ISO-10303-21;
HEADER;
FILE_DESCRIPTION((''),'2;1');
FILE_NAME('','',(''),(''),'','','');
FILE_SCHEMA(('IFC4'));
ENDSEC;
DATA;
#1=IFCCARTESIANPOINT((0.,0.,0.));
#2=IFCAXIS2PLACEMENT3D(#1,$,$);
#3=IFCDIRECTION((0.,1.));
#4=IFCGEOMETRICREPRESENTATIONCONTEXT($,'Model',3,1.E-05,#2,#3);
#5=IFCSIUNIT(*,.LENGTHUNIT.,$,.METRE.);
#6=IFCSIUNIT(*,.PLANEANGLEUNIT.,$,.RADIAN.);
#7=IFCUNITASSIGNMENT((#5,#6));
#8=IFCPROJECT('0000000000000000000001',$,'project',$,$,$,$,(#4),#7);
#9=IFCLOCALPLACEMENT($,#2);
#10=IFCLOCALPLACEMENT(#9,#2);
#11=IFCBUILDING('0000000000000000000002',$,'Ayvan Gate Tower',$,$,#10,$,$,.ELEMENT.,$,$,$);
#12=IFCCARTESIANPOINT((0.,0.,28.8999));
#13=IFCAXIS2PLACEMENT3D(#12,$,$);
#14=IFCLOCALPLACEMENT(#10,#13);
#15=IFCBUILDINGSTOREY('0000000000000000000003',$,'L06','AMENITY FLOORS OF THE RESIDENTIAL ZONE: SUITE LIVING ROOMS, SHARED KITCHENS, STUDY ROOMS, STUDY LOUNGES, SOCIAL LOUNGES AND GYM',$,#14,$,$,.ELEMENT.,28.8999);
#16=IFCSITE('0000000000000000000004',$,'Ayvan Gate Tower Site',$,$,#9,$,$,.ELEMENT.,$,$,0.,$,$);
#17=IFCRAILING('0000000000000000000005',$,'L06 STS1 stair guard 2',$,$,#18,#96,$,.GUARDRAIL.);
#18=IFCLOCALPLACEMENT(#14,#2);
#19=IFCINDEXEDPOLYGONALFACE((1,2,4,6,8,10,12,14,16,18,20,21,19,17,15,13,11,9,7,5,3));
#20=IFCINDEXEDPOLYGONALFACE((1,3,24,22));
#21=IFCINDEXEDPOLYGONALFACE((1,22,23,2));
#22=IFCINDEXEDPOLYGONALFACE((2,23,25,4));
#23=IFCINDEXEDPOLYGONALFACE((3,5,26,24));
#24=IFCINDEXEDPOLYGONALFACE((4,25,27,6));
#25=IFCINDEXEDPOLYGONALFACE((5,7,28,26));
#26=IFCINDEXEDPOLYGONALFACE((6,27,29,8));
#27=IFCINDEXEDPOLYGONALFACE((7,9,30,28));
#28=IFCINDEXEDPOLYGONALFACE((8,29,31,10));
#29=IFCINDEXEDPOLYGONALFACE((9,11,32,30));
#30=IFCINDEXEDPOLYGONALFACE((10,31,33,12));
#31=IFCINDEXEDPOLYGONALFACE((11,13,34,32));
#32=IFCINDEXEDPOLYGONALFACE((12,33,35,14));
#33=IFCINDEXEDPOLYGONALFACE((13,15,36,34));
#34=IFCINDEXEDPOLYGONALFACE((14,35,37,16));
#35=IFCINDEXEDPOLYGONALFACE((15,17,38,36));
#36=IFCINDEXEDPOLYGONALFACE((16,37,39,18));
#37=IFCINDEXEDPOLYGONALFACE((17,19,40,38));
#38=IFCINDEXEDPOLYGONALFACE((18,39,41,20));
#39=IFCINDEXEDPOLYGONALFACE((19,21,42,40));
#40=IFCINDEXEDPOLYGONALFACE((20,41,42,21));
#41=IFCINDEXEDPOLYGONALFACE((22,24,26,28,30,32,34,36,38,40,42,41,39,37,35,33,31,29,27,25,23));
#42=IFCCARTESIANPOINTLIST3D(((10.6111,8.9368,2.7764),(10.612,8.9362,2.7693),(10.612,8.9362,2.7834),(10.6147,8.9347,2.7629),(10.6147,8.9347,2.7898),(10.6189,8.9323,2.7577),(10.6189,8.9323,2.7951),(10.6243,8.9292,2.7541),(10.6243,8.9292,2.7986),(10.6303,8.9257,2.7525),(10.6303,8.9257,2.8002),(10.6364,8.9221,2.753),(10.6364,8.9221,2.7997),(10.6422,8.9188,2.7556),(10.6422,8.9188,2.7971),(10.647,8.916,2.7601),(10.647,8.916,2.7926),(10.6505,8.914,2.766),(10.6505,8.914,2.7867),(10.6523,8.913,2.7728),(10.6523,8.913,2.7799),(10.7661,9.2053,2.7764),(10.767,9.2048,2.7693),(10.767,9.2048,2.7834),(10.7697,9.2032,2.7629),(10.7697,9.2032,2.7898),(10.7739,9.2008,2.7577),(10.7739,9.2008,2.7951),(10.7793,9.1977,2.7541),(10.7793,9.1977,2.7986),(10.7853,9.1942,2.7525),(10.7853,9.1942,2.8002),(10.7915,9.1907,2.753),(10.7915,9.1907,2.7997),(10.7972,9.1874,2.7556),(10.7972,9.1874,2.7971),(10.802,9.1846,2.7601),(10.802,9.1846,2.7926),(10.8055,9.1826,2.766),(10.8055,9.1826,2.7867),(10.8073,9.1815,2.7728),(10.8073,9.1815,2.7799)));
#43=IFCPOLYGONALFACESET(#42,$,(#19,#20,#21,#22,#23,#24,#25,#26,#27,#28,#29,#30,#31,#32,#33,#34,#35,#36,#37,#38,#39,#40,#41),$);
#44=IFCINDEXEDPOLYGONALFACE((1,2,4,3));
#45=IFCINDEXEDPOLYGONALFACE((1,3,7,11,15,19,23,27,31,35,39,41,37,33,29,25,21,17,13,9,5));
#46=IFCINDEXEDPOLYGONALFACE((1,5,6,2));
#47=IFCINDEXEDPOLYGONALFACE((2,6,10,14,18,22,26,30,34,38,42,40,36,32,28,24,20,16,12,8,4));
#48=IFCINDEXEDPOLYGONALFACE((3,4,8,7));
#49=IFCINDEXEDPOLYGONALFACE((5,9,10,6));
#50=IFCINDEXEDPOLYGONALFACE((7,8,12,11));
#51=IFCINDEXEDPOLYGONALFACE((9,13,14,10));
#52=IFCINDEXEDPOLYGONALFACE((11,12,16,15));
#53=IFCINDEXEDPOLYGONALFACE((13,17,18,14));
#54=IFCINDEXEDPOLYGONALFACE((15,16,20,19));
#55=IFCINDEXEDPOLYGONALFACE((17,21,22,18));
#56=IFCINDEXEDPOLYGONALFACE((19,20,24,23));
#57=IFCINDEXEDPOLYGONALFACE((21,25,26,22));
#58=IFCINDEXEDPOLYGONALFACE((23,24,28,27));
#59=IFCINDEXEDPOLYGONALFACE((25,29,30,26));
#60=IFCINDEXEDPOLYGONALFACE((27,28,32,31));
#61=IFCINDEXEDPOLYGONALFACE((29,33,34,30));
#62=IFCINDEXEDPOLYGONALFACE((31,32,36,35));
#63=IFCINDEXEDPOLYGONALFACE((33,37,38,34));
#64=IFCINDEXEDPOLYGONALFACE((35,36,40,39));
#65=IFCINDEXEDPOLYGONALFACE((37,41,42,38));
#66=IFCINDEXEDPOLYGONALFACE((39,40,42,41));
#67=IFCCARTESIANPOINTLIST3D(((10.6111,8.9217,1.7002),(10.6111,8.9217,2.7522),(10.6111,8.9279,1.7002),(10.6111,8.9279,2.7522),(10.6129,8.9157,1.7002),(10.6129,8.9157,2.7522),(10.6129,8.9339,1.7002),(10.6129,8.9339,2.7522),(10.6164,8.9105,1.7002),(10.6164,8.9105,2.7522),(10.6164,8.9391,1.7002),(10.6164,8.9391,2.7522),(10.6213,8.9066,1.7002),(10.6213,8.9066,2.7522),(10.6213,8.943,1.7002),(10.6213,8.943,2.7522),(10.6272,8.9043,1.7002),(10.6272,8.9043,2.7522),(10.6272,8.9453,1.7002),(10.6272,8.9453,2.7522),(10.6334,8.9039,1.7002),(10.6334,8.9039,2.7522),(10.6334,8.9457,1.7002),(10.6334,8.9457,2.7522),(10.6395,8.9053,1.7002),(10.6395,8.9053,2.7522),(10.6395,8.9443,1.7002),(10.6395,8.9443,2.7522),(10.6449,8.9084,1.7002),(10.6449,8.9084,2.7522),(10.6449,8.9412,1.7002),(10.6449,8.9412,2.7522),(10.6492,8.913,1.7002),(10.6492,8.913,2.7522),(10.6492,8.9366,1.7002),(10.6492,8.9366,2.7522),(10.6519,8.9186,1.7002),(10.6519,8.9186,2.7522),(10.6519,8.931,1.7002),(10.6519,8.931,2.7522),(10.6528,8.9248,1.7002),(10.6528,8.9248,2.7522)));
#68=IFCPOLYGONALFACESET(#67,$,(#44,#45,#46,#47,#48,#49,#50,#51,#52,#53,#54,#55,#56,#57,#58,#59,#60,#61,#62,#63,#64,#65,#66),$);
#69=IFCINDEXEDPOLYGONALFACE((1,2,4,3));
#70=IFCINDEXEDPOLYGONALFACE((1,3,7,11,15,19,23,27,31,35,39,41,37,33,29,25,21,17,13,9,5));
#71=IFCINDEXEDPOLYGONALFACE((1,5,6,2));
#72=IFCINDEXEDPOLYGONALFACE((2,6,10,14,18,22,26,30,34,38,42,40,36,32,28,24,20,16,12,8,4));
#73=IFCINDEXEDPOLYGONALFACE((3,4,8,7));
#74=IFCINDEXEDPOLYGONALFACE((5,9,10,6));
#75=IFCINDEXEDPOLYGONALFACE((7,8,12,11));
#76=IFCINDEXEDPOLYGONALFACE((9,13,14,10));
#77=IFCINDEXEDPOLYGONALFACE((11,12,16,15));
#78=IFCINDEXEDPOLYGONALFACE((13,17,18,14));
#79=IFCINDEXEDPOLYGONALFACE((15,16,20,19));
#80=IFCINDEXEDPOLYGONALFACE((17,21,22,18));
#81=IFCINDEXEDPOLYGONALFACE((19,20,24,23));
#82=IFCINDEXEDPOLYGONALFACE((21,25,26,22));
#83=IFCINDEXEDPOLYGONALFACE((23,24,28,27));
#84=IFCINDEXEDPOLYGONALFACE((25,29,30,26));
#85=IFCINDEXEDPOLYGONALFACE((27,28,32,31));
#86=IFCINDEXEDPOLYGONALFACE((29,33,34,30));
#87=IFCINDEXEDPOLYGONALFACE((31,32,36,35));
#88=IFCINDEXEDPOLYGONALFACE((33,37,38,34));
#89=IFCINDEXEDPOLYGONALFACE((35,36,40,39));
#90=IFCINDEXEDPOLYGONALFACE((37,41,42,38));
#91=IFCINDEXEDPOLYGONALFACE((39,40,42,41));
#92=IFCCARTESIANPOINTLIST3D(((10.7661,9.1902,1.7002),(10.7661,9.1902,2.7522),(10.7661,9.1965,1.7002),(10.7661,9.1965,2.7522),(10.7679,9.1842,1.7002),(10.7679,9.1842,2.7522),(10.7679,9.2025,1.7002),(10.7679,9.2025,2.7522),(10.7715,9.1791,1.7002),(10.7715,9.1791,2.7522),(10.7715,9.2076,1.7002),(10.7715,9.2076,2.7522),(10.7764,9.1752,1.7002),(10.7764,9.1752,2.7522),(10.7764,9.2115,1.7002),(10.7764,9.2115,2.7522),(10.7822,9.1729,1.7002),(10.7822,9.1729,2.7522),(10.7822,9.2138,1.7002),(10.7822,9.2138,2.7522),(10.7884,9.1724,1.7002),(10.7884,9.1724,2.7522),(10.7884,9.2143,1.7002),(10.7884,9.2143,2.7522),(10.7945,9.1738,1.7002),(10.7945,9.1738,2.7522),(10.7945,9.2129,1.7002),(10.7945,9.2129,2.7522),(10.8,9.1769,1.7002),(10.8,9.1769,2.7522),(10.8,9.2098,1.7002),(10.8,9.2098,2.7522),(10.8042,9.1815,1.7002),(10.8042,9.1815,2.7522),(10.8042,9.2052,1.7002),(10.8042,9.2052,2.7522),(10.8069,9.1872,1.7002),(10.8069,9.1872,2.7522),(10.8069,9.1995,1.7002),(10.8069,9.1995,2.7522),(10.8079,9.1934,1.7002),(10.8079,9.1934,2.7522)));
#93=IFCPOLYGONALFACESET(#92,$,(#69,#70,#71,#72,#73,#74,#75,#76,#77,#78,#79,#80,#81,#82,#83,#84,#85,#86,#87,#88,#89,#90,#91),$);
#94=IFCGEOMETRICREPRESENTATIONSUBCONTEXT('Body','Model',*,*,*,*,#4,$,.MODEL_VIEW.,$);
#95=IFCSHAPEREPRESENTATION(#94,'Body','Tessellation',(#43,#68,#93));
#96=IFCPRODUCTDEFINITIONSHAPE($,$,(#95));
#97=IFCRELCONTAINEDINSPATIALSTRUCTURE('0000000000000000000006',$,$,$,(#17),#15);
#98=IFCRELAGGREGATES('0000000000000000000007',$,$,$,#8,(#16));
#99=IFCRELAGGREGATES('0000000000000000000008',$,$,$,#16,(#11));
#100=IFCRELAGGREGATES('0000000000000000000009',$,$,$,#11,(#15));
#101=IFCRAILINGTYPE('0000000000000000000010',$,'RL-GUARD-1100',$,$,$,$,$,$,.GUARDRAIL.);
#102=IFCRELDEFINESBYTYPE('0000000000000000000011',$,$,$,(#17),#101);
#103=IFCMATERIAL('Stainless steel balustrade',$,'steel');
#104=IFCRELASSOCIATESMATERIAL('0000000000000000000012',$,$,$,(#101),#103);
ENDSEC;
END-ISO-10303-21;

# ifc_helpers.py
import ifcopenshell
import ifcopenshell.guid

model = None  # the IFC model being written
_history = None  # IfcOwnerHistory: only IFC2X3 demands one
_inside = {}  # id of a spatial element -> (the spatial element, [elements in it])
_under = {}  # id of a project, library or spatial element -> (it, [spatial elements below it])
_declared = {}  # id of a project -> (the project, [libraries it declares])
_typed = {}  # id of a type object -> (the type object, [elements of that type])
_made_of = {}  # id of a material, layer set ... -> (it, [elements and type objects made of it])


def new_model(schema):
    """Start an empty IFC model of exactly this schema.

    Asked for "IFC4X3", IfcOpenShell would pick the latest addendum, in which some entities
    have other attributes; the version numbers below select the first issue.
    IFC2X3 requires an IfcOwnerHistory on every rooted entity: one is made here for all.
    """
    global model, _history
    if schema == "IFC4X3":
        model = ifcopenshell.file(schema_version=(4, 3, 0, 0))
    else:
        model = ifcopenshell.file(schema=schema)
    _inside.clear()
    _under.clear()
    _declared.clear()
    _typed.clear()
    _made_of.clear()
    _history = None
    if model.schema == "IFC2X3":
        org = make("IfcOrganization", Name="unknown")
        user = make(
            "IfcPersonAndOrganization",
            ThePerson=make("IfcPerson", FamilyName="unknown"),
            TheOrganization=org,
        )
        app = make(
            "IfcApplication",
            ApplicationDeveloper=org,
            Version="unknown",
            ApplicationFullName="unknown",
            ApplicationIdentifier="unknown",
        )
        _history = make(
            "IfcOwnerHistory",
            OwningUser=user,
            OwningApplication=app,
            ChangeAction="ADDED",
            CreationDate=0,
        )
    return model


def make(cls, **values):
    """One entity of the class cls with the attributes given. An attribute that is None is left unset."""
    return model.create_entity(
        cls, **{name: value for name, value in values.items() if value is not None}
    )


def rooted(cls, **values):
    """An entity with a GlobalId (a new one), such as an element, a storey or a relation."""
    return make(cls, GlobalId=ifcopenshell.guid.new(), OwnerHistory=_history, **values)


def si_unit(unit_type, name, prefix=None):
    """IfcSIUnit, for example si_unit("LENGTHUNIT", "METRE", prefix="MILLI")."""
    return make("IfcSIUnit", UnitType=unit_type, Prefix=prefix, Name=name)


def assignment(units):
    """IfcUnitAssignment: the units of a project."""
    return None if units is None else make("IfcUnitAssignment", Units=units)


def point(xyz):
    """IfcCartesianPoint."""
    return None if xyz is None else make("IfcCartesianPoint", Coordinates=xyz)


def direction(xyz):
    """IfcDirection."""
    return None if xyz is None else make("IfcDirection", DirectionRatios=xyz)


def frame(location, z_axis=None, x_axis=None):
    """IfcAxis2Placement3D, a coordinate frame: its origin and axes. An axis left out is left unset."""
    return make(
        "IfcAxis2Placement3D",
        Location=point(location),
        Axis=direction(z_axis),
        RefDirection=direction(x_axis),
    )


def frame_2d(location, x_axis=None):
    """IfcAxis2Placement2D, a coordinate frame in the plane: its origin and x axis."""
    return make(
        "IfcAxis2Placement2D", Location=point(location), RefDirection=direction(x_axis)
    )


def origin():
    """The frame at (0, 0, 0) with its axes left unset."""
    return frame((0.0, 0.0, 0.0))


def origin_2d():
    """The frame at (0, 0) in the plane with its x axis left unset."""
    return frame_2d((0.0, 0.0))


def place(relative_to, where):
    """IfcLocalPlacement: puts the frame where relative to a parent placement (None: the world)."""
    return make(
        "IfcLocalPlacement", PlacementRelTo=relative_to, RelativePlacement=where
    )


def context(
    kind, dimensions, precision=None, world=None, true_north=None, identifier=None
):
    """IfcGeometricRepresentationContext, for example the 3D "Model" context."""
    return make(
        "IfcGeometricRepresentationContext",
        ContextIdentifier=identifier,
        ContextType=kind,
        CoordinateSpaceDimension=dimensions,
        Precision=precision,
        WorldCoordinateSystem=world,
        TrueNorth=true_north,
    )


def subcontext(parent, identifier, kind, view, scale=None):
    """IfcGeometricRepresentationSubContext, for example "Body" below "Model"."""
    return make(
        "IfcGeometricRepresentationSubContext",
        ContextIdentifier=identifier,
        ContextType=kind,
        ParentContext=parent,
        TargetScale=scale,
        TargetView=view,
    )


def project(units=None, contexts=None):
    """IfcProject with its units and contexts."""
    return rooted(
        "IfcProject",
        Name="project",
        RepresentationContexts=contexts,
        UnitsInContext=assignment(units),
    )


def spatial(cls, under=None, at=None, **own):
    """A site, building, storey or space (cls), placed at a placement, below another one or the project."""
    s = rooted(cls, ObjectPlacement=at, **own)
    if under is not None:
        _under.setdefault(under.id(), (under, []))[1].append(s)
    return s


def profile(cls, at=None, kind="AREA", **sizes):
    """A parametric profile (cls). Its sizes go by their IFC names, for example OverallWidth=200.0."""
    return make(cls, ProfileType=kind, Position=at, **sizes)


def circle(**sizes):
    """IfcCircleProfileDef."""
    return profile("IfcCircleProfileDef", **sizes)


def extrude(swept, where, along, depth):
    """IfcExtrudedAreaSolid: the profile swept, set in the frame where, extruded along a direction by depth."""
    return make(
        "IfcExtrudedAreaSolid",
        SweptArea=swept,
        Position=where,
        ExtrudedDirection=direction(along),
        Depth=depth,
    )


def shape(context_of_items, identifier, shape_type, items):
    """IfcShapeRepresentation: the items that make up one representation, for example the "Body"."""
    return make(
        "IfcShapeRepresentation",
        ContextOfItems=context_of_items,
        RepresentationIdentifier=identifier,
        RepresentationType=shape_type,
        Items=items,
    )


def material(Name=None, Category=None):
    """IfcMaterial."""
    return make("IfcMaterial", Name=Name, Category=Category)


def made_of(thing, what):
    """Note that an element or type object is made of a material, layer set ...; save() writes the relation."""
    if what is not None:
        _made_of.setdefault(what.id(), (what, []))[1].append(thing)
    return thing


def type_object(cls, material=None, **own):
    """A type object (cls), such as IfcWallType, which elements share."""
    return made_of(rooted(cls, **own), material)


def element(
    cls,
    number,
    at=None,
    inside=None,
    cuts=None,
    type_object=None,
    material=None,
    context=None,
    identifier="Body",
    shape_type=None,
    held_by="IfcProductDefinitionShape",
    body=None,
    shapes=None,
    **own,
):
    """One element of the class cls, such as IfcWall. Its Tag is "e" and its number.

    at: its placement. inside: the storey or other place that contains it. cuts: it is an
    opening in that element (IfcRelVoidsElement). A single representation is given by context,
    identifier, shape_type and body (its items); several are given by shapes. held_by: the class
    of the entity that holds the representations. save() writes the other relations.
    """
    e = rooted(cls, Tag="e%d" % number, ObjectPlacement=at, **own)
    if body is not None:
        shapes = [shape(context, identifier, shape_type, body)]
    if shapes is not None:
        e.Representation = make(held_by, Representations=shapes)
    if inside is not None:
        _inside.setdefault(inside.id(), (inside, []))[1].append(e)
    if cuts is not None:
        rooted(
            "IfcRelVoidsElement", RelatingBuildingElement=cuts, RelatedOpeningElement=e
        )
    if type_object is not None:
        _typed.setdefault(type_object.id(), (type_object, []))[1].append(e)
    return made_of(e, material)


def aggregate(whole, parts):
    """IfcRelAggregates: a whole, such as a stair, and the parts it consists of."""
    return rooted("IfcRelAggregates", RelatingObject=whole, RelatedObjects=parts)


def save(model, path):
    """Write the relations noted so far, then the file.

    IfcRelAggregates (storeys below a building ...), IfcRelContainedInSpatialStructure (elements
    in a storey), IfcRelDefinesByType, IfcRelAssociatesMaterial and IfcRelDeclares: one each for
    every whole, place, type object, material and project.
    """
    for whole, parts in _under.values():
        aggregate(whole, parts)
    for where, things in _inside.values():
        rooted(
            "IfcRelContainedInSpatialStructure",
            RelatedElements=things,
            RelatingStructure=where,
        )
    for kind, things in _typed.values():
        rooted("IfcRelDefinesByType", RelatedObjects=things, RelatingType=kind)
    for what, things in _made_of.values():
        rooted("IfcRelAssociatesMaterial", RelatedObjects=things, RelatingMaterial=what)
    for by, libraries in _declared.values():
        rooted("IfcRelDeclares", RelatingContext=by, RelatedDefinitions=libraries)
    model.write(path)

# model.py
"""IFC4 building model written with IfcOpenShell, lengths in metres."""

from ifc_helpers import new_model, si_unit, direction, frame, origin, origin_2d, place, context, subcontext, project, spatial, circle, extrude, material, type_object, element, save


model = new_model("IFC4")

# Units and contexts
model_context = context("Model", 3, precision=1e-05, world=origin(), true_north=direction((0.0, 1.0)))
body_context = subcontext(model_context, "Body", "Model", "MODEL_VIEW")
ifc_project = project(units=[si_unit("LENGTHUNIT", "METRE"), si_unit("PLANEANGLEUNIT", "RADIAN")], contexts=[model_context])

# Site, building, storey
site_placement = place(None, origin())
site = spatial("IfcSite", under=ifc_project, at=site_placement, Name="Ayvan Gate Tower Site", CompositionType="ELEMENT", RefElevation=0.0)
building_placement = place(site_placement, origin())
building = spatial("IfcBuilding", under=site, at=building_placement, Name="Ayvan Gate Tower", CompositionType="ELEMENT")
storey_placement = place(building_placement, frame((0.0, 0.0, 28.8999)))
storey = spatial("IfcBuildingStorey", under=building, at=storey_placement, Name="L06", Description="AMENITY FLOORS OF THE RESIDENTIAL ZONE: SUITE LIVING ROOMS, SHARED KITCHENS, STUDY ROOMS, STUDY LOUNGES, SOCIAL LOUNGES AND GYM", CompositionType="ELEMENT", Elevation=28.8999)

# Railing
ifc_material_1 = material(Name="Stainless steel balustrade", Category="steel")
railing_type_1 = type_object("IfcRailingType", Name="RL-GUARD-1100", PredefinedType="GUARDRAIL", material=ifc_material_1)
railing_1_placement = place(storey_placement, frame((10.6318, 8.9248, 1.7002)))
element("IfcRailing", 1, at=railing_1_placement, inside=storey, type_object=railing_type_1, Name="L06 STS1 stair guard 2", PredefinedType="GUARDRAIL", context=body_context, shape_type="SweptSolid", body=[
    extrude(circle(Radius=0.0239, at=origin_2d()), frame((0.0, 0.0, 1.0762), z_axis=(0.49995, 0.866054, 0.0), x_axis=(-0.866054, 0.49995, 0.0)), (0.0, 0.0, 1.0), 0.3101),
    extrude(circle(Radius=0.021, at=origin_2d()), origin(), (0.0, 0.0, 1.0), 1.052),
    extrude(circle(Radius=0.021, at=origin_2d()), frame((0.155, 0.2686, 0.0)), (0.0, 0.0, 1.0), 1.052),
])

save(model, "model.ifc")
